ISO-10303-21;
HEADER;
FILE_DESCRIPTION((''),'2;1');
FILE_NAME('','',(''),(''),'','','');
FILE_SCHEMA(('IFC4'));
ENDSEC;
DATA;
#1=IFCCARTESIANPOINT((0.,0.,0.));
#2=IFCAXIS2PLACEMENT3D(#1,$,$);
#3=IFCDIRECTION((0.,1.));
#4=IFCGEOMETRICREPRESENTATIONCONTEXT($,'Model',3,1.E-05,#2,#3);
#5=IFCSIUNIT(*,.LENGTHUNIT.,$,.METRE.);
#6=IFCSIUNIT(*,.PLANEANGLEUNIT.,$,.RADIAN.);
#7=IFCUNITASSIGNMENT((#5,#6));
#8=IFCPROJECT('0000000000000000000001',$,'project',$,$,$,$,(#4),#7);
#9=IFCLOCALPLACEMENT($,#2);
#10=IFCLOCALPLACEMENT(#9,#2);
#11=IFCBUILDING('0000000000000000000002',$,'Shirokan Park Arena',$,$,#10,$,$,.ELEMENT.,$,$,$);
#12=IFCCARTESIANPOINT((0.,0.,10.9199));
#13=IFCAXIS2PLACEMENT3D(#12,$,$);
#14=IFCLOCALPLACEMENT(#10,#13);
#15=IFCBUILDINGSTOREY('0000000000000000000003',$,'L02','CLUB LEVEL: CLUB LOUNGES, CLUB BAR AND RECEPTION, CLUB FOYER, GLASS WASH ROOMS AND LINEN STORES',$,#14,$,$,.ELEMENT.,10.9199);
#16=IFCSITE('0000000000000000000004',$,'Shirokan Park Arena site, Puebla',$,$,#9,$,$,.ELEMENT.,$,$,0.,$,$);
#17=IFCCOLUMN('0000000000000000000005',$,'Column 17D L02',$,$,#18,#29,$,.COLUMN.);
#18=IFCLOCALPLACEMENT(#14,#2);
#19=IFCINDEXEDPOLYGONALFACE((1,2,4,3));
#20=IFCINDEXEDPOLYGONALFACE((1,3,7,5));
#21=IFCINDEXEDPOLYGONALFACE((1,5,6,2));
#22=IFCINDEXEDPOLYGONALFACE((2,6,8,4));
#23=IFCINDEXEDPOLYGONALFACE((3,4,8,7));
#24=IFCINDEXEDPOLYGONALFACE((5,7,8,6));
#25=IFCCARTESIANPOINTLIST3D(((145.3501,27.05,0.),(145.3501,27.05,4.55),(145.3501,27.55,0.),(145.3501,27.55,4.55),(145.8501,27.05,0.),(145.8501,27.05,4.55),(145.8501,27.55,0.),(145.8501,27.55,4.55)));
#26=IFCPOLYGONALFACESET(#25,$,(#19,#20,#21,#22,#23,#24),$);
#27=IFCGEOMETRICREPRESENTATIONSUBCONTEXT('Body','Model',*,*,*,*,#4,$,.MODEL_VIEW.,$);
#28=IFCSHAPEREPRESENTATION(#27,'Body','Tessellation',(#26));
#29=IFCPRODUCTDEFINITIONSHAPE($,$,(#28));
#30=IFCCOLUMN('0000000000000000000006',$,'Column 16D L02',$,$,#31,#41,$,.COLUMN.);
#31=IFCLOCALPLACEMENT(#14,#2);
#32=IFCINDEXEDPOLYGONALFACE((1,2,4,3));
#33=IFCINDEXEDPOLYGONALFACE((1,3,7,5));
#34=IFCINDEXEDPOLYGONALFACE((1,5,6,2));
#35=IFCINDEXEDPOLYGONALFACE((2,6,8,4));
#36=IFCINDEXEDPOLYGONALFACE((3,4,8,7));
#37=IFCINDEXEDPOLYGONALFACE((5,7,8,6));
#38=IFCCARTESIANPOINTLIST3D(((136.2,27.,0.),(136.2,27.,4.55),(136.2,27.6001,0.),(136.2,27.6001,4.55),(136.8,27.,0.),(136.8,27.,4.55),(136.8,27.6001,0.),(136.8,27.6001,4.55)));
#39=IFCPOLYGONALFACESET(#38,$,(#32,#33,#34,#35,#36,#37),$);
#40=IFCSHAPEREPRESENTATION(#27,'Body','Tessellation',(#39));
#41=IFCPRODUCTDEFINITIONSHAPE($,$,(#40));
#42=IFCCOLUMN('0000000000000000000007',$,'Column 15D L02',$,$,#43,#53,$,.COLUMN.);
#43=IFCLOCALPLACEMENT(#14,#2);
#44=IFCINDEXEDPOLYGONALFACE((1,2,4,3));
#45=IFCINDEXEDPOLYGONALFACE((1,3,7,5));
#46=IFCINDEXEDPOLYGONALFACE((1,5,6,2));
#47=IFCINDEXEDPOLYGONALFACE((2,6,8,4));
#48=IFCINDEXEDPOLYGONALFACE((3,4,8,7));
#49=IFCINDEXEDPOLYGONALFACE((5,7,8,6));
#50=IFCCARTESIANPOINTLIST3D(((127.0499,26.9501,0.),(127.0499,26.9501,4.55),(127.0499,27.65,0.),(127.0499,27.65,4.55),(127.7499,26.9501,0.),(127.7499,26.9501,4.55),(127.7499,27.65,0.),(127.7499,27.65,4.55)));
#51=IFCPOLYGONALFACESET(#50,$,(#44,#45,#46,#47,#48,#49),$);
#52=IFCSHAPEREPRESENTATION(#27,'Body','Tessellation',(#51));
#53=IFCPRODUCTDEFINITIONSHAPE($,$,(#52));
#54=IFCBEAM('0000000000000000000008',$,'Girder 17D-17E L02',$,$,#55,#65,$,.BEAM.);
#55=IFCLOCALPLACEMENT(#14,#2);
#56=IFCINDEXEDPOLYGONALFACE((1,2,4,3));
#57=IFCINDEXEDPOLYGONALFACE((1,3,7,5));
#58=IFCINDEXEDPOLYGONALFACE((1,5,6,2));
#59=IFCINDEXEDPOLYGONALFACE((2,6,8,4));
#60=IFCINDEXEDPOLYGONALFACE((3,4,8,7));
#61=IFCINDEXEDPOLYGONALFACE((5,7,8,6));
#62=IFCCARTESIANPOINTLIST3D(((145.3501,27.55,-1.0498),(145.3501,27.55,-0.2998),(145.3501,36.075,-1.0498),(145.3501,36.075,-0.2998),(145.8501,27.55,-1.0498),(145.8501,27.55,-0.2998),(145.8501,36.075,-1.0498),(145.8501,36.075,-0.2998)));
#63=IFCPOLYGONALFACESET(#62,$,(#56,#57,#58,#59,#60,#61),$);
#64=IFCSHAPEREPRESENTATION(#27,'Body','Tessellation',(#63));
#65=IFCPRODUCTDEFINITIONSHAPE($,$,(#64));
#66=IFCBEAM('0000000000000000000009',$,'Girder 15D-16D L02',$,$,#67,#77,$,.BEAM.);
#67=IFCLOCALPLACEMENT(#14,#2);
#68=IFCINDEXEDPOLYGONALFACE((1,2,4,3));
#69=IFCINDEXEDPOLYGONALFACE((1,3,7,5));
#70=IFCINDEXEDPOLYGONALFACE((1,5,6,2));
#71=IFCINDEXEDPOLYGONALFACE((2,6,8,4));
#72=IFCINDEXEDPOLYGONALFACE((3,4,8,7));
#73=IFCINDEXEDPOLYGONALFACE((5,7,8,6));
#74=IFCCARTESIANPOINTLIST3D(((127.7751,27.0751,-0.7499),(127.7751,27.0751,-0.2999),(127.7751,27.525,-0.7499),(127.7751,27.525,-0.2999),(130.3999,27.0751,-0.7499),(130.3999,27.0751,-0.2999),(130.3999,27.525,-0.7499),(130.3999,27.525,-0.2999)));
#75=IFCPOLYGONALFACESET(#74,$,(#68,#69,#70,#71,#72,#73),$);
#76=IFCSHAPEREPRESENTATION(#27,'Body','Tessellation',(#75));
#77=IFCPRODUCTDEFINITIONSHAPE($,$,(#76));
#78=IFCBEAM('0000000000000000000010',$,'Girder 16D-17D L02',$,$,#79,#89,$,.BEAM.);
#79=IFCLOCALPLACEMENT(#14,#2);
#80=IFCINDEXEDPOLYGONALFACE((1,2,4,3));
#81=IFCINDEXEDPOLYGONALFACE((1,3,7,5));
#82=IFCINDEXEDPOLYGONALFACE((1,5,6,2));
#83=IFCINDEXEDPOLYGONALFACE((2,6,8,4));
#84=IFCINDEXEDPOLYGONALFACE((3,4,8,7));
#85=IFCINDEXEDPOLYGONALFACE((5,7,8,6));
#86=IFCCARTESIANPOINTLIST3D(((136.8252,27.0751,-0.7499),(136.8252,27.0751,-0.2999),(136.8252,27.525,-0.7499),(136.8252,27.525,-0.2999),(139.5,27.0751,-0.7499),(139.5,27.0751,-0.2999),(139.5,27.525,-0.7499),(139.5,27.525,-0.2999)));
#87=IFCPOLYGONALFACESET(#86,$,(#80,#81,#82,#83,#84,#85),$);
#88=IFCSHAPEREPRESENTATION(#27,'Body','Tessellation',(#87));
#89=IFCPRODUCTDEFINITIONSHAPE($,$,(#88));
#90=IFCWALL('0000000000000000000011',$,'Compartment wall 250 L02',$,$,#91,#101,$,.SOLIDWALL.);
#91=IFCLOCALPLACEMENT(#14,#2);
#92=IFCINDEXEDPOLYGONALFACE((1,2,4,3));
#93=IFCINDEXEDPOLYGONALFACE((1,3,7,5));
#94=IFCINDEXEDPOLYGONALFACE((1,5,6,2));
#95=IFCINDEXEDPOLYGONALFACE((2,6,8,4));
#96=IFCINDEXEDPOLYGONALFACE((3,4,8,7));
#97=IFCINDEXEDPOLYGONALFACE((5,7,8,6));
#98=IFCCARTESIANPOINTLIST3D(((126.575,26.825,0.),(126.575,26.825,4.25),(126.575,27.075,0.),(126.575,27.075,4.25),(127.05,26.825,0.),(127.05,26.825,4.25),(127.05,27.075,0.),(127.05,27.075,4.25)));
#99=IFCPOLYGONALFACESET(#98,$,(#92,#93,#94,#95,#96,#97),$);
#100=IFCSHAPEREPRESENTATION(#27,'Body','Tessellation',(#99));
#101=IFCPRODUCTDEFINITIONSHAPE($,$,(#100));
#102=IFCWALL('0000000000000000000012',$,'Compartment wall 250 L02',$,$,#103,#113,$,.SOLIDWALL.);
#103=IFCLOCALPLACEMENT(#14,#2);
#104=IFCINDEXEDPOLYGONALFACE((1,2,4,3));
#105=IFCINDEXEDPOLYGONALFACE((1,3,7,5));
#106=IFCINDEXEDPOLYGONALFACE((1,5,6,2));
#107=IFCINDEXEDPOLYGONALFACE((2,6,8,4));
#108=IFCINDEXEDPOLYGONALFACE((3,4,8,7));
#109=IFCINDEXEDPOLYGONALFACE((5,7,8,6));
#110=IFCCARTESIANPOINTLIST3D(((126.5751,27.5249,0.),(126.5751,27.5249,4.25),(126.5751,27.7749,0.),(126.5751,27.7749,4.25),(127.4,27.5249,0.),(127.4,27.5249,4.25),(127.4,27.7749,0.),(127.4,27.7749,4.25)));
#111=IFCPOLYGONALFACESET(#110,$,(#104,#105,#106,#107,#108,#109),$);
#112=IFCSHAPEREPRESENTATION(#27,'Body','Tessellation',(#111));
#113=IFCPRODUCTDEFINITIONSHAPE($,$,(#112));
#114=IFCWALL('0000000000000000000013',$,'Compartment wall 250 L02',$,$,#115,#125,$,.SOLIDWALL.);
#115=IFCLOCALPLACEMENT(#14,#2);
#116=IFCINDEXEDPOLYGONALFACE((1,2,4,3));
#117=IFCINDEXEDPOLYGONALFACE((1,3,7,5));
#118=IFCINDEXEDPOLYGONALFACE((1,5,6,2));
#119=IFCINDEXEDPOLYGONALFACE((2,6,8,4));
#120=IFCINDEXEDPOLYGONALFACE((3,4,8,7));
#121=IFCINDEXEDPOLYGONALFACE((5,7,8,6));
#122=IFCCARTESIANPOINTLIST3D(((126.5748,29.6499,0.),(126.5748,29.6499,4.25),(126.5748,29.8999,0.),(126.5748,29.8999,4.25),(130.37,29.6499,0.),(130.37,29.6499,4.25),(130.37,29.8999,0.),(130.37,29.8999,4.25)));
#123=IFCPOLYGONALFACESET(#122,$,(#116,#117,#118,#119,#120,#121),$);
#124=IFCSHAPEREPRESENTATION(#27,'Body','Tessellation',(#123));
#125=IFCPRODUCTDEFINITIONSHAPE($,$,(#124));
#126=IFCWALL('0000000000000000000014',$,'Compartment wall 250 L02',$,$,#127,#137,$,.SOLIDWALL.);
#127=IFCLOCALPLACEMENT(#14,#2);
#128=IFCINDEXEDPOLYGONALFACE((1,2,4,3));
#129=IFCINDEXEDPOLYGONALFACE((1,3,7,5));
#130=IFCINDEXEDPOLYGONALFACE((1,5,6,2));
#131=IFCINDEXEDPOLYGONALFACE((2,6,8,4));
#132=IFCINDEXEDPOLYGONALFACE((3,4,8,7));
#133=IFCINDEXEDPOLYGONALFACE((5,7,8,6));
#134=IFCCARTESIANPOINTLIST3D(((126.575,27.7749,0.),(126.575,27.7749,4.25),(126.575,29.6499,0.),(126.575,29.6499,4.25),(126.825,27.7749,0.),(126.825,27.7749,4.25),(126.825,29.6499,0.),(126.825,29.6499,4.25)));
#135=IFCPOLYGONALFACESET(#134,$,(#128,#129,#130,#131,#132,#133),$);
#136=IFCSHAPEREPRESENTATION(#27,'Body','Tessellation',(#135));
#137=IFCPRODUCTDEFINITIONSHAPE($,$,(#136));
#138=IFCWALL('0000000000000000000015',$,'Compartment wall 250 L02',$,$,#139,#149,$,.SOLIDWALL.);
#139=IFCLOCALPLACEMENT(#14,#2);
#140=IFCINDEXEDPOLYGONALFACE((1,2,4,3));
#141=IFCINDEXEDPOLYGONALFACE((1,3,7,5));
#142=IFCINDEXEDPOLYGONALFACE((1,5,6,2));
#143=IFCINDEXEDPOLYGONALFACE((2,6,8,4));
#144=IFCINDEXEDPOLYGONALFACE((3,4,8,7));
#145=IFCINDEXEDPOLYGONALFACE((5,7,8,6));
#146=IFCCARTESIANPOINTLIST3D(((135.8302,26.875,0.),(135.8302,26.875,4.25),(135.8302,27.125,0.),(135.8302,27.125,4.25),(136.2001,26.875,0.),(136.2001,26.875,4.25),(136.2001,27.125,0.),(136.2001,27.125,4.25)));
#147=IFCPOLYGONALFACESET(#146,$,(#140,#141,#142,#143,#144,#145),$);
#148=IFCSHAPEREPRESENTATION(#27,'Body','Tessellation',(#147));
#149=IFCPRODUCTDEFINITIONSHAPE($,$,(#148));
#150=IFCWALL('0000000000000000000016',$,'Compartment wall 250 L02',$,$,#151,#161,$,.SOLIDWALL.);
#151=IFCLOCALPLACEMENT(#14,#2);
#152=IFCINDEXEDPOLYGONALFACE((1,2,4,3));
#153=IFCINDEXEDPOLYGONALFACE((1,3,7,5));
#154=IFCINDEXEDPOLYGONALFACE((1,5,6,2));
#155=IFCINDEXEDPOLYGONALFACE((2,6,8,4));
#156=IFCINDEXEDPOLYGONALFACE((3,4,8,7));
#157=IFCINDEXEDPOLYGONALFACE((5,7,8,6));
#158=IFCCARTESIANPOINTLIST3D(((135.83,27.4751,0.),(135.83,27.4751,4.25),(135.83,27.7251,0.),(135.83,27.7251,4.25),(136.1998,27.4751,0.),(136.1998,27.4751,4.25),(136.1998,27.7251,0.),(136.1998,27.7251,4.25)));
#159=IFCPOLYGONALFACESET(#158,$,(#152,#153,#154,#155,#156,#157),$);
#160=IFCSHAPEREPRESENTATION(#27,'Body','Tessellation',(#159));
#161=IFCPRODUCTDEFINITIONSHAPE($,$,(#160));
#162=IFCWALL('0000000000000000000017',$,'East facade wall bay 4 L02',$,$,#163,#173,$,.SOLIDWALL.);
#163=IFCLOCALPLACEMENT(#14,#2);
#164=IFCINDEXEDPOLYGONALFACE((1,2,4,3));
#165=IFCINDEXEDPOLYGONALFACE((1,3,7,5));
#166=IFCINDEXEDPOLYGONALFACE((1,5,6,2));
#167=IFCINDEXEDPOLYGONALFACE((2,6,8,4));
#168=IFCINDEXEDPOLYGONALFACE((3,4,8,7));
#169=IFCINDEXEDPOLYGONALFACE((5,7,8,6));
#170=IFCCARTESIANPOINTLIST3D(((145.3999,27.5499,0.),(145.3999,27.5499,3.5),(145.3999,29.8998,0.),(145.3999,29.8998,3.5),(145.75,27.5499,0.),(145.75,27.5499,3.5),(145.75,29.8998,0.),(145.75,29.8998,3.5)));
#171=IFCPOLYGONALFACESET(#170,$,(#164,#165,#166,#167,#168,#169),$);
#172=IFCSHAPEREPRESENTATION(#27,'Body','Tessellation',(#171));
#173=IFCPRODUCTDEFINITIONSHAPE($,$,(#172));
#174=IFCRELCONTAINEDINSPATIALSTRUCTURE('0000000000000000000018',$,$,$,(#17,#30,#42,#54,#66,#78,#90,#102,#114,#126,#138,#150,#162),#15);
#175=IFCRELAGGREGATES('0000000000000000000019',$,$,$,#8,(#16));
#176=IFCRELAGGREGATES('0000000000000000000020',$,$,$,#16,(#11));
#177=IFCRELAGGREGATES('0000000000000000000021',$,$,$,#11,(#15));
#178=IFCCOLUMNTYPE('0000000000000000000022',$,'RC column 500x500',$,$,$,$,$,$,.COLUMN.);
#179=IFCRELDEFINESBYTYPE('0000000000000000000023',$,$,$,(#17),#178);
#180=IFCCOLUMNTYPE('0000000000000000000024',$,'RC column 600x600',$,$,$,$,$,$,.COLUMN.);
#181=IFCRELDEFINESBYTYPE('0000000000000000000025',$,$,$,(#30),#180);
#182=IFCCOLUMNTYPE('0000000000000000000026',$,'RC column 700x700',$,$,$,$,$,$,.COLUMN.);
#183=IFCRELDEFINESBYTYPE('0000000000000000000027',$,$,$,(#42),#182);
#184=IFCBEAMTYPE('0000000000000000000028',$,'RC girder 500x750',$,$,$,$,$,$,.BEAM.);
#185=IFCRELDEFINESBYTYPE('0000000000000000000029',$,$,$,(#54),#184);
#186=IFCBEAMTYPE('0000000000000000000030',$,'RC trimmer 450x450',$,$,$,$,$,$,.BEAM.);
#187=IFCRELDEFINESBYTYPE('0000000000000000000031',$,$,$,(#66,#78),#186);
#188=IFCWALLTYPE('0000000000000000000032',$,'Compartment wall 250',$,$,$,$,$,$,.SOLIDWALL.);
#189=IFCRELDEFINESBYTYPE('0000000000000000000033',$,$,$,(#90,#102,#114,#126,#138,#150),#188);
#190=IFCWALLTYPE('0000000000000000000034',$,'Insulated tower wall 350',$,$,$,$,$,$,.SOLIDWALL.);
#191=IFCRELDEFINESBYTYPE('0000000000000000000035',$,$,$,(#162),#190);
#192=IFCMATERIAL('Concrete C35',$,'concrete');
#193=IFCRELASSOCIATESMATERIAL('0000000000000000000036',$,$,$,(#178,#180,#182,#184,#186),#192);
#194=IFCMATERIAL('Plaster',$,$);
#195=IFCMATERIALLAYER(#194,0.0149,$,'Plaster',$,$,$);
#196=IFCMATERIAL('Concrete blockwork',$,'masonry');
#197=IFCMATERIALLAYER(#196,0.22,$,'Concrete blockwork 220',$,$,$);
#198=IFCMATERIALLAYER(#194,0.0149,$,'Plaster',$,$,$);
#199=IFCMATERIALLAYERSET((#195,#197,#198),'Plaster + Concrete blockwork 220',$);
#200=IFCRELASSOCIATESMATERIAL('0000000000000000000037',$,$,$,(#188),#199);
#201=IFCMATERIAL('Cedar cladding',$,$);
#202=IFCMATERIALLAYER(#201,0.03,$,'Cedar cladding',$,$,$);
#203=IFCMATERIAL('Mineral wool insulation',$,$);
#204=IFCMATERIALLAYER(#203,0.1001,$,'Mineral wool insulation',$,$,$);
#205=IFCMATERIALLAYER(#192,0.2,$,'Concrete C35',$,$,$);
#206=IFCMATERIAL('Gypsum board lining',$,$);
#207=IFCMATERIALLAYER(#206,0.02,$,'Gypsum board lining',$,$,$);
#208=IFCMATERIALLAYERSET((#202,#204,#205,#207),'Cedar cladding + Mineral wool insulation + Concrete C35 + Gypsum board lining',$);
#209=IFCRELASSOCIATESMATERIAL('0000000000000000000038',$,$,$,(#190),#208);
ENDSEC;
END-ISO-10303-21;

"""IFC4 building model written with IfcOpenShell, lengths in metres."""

from ifc_helpers import new_model, si_unit, direction, frame, frame_2d, origin, origin_2d, place, context, subcontext, project, spatial, rectangle, extrude, material, layer, layer_set, material_profile, profile_set, type_object, element, save


model = new_model("IFC4")

# Units and contexts
model_context = context("Model", 3, precision=1e-05, world=origin(), true_north=direction((0.0, 1.0)))
body_context = subcontext(model_context, "Body", "Model", "MODEL_VIEW")
ifc_project = project(units=[si_unit("LENGTHUNIT", "METRE"), si_unit("PLANEANGLEUNIT", "RADIAN")], contexts=[model_context])

# Site, building, storey
site_placement = place(None, origin())
site = spatial("IfcSite", under=ifc_project, at=site_placement, Name="Shirokan Park Arena site, Puebla", CompositionType="ELEMENT", RefElevation=0.0)
building_placement = place(site_placement, origin())
building = spatial("IfcBuilding", under=site, at=building_placement, Name="Shirokan Park Arena", CompositionType="ELEMENT")
storey_placement = place(building_placement, frame((0.0, 0.0, 10.9199)))
storey = spatial("IfcBuildingStorey", under=building, at=storey_placement, Name="L02", Description="CLUB LEVEL: CLUB LOUNGES, CLUB BAR AND RECEPTION, CLUB FOYER, GLASS WASH ROOMS AND LINEN STORES", CompositionType="ELEMENT", Elevation=10.9199)

# Columns
ifc_material_1 = material(Name="Concrete C35", Category="concrete")
ifc_material_profile_1 = material_profile(ifc_material_1, rectangle(XDim=0.5, YDim=0.5, at=origin_2d()), Name="500x500")
ifc_profile_set_1 = profile_set([ifc_material_profile_1], Name="Concrete C35")
column_type_1 = type_object("IfcColumnType", Name="RC column 500x500", PredefinedType="COLUMN", material=ifc_profile_set_1)
column_1_placement = place(storey_placement, frame((145.6001, 27.3, 0.0), z_axis=(0.0, 0.0, 1.0), x_axis=(1.0, 0.0, 0.0)))
element("IfcColumn", 1, at=column_1_placement, inside=storey, type_object=column_type_1, Name="Column 17D L02", PredefinedType="COLUMN", context=body_context, shape_type="SweptSolid", body=[
    extrude(rectangle(XDim=0.5, YDim=0.5, at=origin_2d()), origin(), (0.0, 0.0, 1.0), 4.55),
])
ifc_material_profile_2 = material_profile(ifc_material_1, rectangle(XDim=0.6001, YDim=0.6001, at=origin_2d()), Name="600x600")
ifc_profile_set_2 = profile_set([ifc_material_profile_2], Name="Concrete C35")
column_type_2 = type_object("IfcColumnType", Name="RC column 600x600", PredefinedType="COLUMN", material=ifc_profile_set_2)
column_2_placement = place(storey_placement, frame((136.5, 27.3, 0.0), z_axis=(0.0, 0.0, 1.0), x_axis=(1.0, 0.0, 0.0)))
element("IfcColumn", 2, at=column_2_placement, inside=storey, type_object=column_type_2, Name="Column 16D L02", PredefinedType="COLUMN", context=body_context, shape_type="SweptSolid", body=[
    extrude(rectangle(XDim=0.6001, YDim=0.6001, at=origin_2d()), origin(), (0.0, 0.0, 1.0), 4.55),
])
ifc_material_profile_3 = material_profile(ifc_material_1, rectangle(XDim=0.7, YDim=0.7, at=origin_2d()), Name="700x700")
ifc_profile_set_3 = profile_set([ifc_material_profile_3], Name="Concrete C35")
column_type_3 = type_object("IfcColumnType", Name="RC column 700x700", PredefinedType="COLUMN", material=ifc_profile_set_3)
column_3_placement = place(storey_placement, frame((127.3999, 27.3, 0.0), z_axis=(0.0, 0.0, 1.0), x_axis=(1.0, 0.0, 0.0)))
element("IfcColumn", 3, at=column_3_placement, inside=storey, type_object=column_type_3, Name="Column 15D L02", PredefinedType="COLUMN", context=body_context, shape_type="SweptSolid", body=[
    extrude(rectangle(XDim=0.7, YDim=0.7, at=origin_2d()), origin(), (0.0, 0.0, 1.0), 4.55),
])

# Beams
ifc_material_profile_4 = material_profile(ifc_material_1, rectangle(XDim=0.5, YDim=0.75, at=origin_2d()), Name="500x750")
ifc_profile_set_4 = profile_set([ifc_material_profile_4], Name="Concrete C35")
beam_type_1 = type_object("IfcBeamType", Name="RC girder 500x750", PredefinedType="BEAM", material=ifc_profile_set_4)
beam_1_placement = place(storey_placement, frame((145.6001, 27.55, -0.6748), z_axis=(0.0, 1.0, 0.0), x_axis=(-1.0, 0.0, 0.0)))
element("IfcBeam", 4, at=beam_1_placement, inside=storey, type_object=beam_type_1, Name="Girder 17D-17E L02", PredefinedType="BEAM", context=body_context, shape_type="SweptSolid", body=[
    extrude(rectangle(XDim=0.5, YDim=0.75, at=origin_2d()), origin(), (0.0, 0.0, 1.0), 8.5249),
])
ifc_material_profile_5 = material_profile(ifc_material_1, rectangle(XDim=0.45, YDim=0.45, at=origin_2d()), Name="450x450")
ifc_profile_set_5 = profile_set([ifc_material_profile_5], Name="Concrete C35")
beam_type_2 = type_object("IfcBeamType", Name="RC trimmer 450x450", PredefinedType="BEAM", material=ifc_profile_set_5)
beam_2_placement = place(storey_placement, frame((127.7751, 27.3, -0.5249), z_axis=(1.0, 0.0, 0.0), x_axis=(0.0, 1.0, 0.0)))
element("IfcBeam", 5, at=beam_2_placement, inside=storey, type_object=beam_type_2, Name="Girder 15D-16D L02", PredefinedType="BEAM", context=body_context, shape_type="SweptSolid", body=[
    extrude(rectangle(XDim=0.45, YDim=0.45, at=origin_2d()), origin(), (0.0, 0.0, 1.0), 2.6248),
])
beam_3_placement = place(storey_placement, frame((136.8252, 27.3, -0.5249), z_axis=(1.0, 0.0, 0.0), x_axis=(0.0, 1.0, 0.0)))
element("IfcBeam", 6, at=beam_3_placement, inside=storey, type_object=beam_type_2, Name="Girder 16D-17D L02", PredefinedType="BEAM", context=body_context, shape_type="SweptSolid", body=[
    extrude(rectangle(XDim=0.45, YDim=0.45, at=origin_2d()), origin(), (0.0, 0.0, 1.0), 2.6748),
])

# Walls
ifc_material_2 = material(Name="Plaster")
ifc_layer_1 = layer(ifc_material_2, 0.0149, Name="Plaster")
ifc_material_3 = material(Name="Concrete blockwork", Category="masonry")
ifc_layer_2 = layer(ifc_material_3, 0.22, Name="Concrete blockwork 220")
ifc_layer_3 = layer(ifc_material_2, 0.0149, Name="Plaster")
ifc_layer_set_1 = layer_set([ifc_layer_1, ifc_layer_2, ifc_layer_3], Name="Plaster + Concrete blockwork 220")
wall_type_1 = type_object("IfcWallType", Name="Compartment wall 250", PredefinedType="SOLIDWALL", material=ifc_layer_set_1)
wall_1_placement = place(storey_placement, frame((126.575, 26.95, 0.0), z_axis=(0.0, 0.0, 1.0), x_axis=(1.0, 0.0, 0.0)))
element("IfcWall", 7, at=wall_1_placement, inside=storey, type_object=wall_type_1, Name="Compartment wall 250 L02", PredefinedType="SOLIDWALL", context=body_context, shape_type="SweptSolid", body=[
    extrude(rectangle(XDim=0.4751, YDim=0.25, at=frame_2d((0.2375, 0.0))), origin(), (0.0, 0.0, 1.0), 4.25),
])
wall_2_placement = place(storey_placement, frame((126.575, 27.6499, 0.0), z_axis=(0.0, 0.0, 1.0), x_axis=(1.0, 0.0, 0.0)))
element("IfcWall", 8, at=wall_2_placement, inside=storey, type_object=wall_type_1, Name="Compartment wall 250 L02", PredefinedType="SOLIDWALL", context=body_context, shape_type="SweptSolid", body=[
    extrude(rectangle(XDim=0.825, YDim=0.25, at=frame_2d((0.4126, 0.0))), origin(), (0.0, 0.0, 1.0), 4.25),
])
wall_3_placement = place(storey_placement, frame((126.575, 29.7749, 0.0), z_axis=(0.0, 0.0, 1.0), x_axis=(1.0, 0.0, 0.0)))
element("IfcWall", 9, at=wall_3_placement, inside=storey, type_object=wall_type_1, Name="Compartment wall 250 L02", PredefinedType="SOLIDWALL", context=body_context, shape_type="SweptSolid", body=[
    extrude(rectangle(XDim=3.7952, YDim=0.25, at=frame_2d((1.8975, 0.0))), origin(), (0.0, 0.0, 1.0), 4.25),
])
wall_4_placement = place(storey_placement, frame((126.7, 27.7749, 0.0), z_axis=(0.0, 0.0, 1.0), x_axis=(0.0, 1.0, 0.0)))
element("IfcWall", 10, at=wall_4_placement, inside=storey, type_object=wall_type_1, Name="Compartment wall 250 L02", PredefinedType="SOLIDWALL", context=body_context, shape_type="SweptSolid", body=[
    extrude(rectangle(XDim=1.875, YDim=0.25, at=frame_2d((0.9375, 0.0))), origin(), (0.0, 0.0, 1.0), 4.25),
])
for number, where, z_axis, x_axis, name in (
    (11, (135.8301, 27.0, 0.0), (0.0, 0.0, 1.0), (1.0, 0.0, 0.0), "Compartment wall 250 L02"),
    (12, (136.2, 27.6001, 0.0), (0.0, 0.0, 1.0), (-1.0, 0.0, 0.0), "Compartment wall 250 L02"),
):
    element("IfcWall", number, at=place(storey_placement, frame(where, z_axis=z_axis, x_axis=x_axis)), inside=storey, type_object=wall_type_1, Name=name, PredefinedType="SOLIDWALL", context=body_context, shape_type="SweptSolid", body=[
        extrude(rectangle(XDim=0.3699, YDim=0.25, at=frame_2d((0.1851, 0.0))), origin(), (0.0, 0.0, 1.0), 4.25),
    ])
ifc_material_4 = material(Name="Cedar cladding")
ifc_layer_4 = layer(ifc_material_4, 0.03, Name="Cedar cladding")
ifc_material_5 = material(Name="Mineral wool insulation")
ifc_layer_5 = layer(ifc_material_5, 0.1001, Name="Mineral wool insulation")
ifc_layer_6 = layer(ifc_material_1, 0.2, Name="Concrete C35")
ifc_material_6 = material(Name="Gypsum board lining")
ifc_layer_7 = layer(ifc_material_6, 0.02, Name="Gypsum board lining")
ifc_layer_set_2 = layer_set([ifc_layer_4, ifc_layer_5, ifc_layer_6, ifc_layer_7], Name="Cedar cladding + Mineral wool insulation + Concrete C35 + Gypsum board lining")
wall_type_2 = type_object("IfcWallType", Name="Insulated tower wall 350", PredefinedType="SOLIDWALL", material=ifc_layer_set_2)
wall_5_placement = place(storey_placement, frame((145.575, 27.55, 0.0), z_axis=(0.0, 0.0, 1.0), x_axis=(0.0, 1.0, 0.0)))
element("IfcWall", 13, at=wall_5_placement, inside=storey, type_object=wall_type_2, Name="East facade wall bay 4 L02", PredefinedType="SOLIDWALL", context=body_context, shape_type="SweptSolid", body=[
    extrude(rectangle(XDim=2.3499, YDim=0.3501, at=frame_2d((1.1748, 0.0))), origin(), (0.0, 0.0, 1.0), 3.5),
])

save(model, "model.ifc")
